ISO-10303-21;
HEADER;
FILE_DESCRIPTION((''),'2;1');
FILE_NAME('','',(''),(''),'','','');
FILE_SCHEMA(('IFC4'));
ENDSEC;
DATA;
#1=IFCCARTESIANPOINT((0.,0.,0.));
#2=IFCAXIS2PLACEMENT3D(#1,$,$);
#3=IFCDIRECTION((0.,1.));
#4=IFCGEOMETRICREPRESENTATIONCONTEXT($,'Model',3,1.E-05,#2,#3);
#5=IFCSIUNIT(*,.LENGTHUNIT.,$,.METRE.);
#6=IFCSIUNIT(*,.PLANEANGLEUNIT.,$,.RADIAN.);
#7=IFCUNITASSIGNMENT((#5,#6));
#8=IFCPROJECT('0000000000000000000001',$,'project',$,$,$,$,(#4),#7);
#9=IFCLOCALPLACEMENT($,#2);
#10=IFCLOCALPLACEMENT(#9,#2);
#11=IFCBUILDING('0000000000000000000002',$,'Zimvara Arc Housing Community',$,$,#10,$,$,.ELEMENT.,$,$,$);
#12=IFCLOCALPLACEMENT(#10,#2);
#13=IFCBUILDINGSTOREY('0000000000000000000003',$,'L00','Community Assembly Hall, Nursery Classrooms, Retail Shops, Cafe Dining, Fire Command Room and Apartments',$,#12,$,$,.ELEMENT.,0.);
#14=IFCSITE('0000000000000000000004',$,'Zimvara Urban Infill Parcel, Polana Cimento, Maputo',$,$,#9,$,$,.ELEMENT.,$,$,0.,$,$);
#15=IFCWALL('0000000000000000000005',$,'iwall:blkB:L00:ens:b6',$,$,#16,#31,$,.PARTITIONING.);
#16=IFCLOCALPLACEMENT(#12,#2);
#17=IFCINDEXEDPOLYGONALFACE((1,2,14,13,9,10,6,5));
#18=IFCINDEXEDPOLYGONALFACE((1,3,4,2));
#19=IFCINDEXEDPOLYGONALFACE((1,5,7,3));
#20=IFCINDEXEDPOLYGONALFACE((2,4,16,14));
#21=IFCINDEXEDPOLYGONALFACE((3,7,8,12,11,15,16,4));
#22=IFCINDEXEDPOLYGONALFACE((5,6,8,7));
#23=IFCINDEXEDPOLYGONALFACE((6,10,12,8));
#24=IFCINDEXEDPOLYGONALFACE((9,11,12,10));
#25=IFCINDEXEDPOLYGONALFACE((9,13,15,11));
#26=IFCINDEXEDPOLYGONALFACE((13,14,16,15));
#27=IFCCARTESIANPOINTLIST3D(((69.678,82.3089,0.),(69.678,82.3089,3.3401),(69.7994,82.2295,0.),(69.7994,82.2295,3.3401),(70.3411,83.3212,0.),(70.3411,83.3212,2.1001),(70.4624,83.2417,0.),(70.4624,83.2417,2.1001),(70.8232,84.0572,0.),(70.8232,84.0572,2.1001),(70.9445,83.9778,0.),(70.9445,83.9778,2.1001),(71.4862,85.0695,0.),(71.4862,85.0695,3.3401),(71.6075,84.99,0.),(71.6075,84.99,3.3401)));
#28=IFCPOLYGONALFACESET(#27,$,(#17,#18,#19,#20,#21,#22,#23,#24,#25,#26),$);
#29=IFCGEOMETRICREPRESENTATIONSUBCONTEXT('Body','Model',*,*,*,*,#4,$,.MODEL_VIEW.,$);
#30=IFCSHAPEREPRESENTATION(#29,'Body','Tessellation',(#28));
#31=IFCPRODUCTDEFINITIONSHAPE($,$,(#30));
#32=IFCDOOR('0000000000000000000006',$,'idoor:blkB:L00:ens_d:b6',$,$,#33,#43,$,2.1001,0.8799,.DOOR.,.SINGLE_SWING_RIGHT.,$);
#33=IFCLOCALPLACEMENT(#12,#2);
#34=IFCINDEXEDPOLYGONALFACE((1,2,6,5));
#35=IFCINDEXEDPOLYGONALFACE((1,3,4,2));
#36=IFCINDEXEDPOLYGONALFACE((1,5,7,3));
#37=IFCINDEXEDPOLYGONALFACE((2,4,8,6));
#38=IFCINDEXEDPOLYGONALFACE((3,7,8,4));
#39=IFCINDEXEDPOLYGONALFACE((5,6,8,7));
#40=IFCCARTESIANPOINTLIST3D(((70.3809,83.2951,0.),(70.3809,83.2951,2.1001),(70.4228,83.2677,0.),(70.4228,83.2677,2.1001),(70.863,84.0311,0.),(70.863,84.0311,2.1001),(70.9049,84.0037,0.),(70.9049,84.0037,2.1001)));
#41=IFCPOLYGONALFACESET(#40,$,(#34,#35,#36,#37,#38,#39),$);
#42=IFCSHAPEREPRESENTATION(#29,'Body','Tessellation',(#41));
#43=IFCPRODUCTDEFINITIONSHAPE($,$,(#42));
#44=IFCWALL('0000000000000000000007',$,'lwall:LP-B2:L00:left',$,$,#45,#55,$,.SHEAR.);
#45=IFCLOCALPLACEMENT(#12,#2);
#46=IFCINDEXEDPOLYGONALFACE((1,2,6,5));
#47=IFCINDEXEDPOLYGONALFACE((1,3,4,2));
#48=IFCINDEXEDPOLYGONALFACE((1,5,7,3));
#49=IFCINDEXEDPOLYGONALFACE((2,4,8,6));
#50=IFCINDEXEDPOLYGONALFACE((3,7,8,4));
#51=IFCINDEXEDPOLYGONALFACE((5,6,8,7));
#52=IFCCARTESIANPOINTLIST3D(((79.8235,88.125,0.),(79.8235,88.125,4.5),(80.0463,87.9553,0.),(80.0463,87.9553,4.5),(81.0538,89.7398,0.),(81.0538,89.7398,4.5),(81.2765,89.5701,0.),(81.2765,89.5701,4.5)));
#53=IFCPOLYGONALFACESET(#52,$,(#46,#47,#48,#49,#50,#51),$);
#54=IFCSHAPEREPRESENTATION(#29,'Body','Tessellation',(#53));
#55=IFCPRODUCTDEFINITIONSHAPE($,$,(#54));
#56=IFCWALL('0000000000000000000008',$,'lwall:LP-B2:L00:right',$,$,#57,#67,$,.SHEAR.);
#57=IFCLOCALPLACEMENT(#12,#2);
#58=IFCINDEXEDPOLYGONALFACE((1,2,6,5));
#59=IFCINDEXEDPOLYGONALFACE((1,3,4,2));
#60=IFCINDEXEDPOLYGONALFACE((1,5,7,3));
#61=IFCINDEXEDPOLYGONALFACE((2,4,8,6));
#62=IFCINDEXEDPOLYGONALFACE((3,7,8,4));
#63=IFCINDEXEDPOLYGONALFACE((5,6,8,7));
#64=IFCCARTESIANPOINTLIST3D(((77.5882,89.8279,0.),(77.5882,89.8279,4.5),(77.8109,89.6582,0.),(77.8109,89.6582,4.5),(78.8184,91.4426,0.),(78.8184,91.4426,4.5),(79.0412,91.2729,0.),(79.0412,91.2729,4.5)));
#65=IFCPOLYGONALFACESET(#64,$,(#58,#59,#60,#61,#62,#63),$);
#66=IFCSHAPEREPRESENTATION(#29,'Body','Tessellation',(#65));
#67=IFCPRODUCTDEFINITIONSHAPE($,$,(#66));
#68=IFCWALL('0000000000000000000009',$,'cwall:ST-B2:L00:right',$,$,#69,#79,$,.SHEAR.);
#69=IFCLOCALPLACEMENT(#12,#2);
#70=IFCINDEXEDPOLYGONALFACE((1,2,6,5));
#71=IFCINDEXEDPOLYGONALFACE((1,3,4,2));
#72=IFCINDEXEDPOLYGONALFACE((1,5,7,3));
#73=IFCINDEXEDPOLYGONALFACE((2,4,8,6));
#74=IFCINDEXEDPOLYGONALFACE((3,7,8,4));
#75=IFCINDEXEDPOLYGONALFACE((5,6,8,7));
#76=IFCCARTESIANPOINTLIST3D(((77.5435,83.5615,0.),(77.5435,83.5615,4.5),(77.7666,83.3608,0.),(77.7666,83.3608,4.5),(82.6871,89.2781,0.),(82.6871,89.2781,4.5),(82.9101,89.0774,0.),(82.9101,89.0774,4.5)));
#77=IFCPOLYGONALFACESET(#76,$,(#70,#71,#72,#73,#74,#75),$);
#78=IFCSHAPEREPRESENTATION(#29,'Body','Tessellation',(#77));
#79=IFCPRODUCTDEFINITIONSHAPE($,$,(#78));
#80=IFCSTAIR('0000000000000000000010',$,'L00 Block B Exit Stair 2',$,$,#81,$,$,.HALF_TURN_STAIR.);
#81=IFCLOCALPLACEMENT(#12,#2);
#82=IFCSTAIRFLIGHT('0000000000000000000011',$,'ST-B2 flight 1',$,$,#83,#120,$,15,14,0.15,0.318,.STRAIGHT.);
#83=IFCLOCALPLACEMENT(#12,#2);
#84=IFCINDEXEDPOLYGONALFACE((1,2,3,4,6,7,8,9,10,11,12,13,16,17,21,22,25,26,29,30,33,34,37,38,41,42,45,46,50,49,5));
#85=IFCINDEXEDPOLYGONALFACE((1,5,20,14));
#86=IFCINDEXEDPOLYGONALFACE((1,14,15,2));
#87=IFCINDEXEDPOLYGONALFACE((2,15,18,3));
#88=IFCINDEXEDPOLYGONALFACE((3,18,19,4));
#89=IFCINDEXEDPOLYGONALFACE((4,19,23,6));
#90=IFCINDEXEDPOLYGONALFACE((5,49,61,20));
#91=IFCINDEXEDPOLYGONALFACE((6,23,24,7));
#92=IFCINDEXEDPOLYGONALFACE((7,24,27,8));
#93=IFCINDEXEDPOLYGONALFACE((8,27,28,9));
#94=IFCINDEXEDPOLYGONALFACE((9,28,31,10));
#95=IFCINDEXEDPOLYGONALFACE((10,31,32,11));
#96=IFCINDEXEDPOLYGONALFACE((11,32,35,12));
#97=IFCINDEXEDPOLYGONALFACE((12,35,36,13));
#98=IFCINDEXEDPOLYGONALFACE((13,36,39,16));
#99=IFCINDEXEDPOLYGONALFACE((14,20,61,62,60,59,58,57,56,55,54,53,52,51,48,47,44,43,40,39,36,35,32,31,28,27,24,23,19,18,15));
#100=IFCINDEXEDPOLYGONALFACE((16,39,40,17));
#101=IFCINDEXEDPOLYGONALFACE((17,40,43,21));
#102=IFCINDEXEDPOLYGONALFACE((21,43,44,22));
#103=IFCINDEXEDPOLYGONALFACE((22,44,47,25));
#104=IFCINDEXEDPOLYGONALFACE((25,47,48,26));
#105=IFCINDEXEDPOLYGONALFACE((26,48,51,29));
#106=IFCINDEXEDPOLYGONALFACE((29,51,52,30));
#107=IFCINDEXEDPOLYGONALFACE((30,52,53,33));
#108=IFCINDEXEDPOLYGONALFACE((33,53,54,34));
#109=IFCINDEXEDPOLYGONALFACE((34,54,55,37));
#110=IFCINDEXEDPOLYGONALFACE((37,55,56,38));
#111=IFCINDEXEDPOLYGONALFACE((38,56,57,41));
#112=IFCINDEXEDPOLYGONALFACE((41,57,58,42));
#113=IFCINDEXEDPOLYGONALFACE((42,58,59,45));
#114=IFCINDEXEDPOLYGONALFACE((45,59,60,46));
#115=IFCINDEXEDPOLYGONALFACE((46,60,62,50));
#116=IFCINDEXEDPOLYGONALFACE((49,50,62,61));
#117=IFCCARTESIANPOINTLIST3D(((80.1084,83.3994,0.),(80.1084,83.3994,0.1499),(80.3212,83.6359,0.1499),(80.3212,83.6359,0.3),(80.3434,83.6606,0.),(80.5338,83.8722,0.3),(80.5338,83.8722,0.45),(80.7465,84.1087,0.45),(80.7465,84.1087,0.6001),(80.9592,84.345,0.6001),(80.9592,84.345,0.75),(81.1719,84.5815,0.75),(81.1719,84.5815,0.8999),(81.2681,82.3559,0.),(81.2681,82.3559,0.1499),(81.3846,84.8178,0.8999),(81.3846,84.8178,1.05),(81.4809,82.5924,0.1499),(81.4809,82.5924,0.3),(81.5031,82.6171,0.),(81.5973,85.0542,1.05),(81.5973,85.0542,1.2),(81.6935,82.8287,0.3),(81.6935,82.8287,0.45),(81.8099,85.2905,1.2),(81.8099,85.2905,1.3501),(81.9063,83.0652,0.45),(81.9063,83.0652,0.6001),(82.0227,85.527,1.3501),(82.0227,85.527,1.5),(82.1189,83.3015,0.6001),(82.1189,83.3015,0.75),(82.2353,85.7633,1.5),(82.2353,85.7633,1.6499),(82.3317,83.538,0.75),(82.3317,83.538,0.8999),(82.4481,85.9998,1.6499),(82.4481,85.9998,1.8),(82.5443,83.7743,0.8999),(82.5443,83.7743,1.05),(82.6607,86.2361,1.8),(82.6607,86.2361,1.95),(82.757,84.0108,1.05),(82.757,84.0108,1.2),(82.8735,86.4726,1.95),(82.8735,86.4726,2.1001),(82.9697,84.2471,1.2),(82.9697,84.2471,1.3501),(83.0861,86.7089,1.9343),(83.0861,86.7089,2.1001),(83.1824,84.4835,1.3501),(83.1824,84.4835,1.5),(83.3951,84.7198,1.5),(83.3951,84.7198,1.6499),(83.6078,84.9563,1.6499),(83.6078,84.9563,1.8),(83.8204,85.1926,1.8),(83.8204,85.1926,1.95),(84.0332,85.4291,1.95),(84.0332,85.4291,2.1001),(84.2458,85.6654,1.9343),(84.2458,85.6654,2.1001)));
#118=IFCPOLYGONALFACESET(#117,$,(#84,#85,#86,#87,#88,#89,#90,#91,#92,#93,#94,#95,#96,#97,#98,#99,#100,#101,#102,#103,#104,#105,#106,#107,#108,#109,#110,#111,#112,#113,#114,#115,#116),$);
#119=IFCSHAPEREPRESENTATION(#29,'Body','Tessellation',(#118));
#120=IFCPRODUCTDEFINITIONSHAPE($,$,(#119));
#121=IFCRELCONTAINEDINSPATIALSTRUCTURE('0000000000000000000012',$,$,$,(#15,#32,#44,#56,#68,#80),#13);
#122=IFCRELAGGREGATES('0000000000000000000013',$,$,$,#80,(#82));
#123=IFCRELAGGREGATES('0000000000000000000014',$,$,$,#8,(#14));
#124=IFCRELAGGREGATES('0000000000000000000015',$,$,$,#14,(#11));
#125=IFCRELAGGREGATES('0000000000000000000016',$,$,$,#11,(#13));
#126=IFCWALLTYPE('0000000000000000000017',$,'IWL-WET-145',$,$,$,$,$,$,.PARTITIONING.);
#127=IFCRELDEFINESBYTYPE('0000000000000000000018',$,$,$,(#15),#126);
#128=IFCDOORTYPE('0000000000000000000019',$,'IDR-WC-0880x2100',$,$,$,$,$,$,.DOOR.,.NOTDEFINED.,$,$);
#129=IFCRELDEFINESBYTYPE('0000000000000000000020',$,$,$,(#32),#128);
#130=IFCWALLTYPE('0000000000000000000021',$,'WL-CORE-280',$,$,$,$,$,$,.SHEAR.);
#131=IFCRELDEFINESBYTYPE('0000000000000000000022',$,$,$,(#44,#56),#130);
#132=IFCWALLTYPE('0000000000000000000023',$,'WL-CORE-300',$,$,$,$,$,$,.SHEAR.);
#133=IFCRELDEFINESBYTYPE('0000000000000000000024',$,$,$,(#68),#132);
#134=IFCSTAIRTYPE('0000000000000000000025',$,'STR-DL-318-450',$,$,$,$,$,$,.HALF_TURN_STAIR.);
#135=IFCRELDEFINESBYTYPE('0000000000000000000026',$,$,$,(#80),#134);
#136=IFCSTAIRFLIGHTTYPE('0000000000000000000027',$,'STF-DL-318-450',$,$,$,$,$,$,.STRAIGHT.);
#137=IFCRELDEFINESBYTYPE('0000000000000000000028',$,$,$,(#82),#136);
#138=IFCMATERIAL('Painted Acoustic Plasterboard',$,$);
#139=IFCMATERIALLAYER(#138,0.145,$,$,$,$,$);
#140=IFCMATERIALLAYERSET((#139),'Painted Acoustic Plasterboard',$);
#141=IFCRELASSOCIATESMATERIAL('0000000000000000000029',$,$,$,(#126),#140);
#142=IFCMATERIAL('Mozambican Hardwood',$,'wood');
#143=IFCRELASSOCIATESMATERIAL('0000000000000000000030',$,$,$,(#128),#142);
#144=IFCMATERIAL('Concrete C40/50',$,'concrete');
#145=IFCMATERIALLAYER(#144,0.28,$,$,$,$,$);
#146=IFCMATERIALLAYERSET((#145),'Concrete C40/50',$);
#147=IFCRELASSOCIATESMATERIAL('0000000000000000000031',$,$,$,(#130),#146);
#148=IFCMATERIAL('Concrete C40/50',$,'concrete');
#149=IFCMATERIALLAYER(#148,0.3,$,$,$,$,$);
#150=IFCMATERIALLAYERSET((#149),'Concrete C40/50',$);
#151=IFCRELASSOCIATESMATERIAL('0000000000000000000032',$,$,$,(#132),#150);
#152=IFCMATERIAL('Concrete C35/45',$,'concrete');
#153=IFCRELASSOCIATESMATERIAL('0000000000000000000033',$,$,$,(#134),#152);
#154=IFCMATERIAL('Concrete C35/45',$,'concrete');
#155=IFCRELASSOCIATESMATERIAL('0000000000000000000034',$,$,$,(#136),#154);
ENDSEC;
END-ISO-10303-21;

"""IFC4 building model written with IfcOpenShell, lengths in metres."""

from ifc_helpers import new_model, si_unit, direction, frame, frame_2d, origin, place, context, subcontext, project, spatial, polyline, rectangle, outline, extrude, material, layer, layer_set, type_object, element, fill, aggregate, save


model = new_model("IFC4")

# Units and contexts
model_context = context("Model", 3, precision=1e-05, world=origin(), true_north=direction((0.0, 1.0)))
body_context = subcontext(model_context, "Body", "Model", "MODEL_VIEW")
ifc_project = project(units=[si_unit("LENGTHUNIT", "METRE"), si_unit("PLANEANGLEUNIT", "RADIAN")], contexts=[model_context])

# Site, building, storey
site_placement = place(None, origin())
site = spatial("IfcSite", under=ifc_project, at=site_placement, Name="Zimvara Urban Infill Parcel, Polana Cimento, Maputo", CompositionType="ELEMENT", RefElevation=0.0)
building_placement = place(site_placement, origin())
building = spatial("IfcBuilding", under=site, at=building_placement, Name="Zimvara Arc Housing Community", CompositionType="ELEMENT")
storey_placement = place(building_placement, origin())
storey = spatial("IfcBuildingStorey", under=building, at=storey_placement, Name="L00", Description="Community Assembly Hall, Nursery Classrooms, Retail Shops, Cafe Dining, Fire Command Room and Apartments", CompositionType="ELEMENT", Elevation=0.0)

# Wall, opening, door
ifc_material_1 = material(Name="Painted Acoustic Plasterboard")
ifc_layer_1 = layer(ifc_material_1, 0.145)
ifc_layer_set_1 = layer_set([ifc_layer_1], Name="Painted Acoustic Plasterboard")
wall_type_1 = type_object("IfcWallType", Name="IWL-WET-145", PredefinedType="PARTITIONING", material=ifc_layer_set_1)
wall_1_placement = place(storey_placement, frame((69.7388, 82.2693, 0.0), z_axis=(0.0, 0.0, 1.0), x_axis=(0.547921, 0.83653, 0.0)))
wall_1 = element("IfcWall", 1, at=wall_1_placement, inside=storey, type_object=wall_type_1, Name="iwall:blkB:L00:ens:b6", PredefinedType="PARTITIONING", context=body_context, shape_type="SweptSolid", body=[
    extrude(rectangle(XDim=3.3, YDim=0.145, at=frame_2d((1.6499, 0.0))), origin(), (0.0, 0.0, 1.0), 3.3401),
])
opening_1_placement = place(wall_1_placement, frame((1.21, 0.0, 0.0)))
opening_1 = element("IfcOpeningElement", 2, at=opening_1_placement, cuts=wall_1, PredefinedType="OPENING", context=body_context, shape_type="SweptSolid", body=[
    extrude(rectangle(XDim=0.8799, YDim=2.1001, at=frame_2d((0.4399, 1.05))), frame((0.0, 0.0825, 0.0), z_axis=(0.0, -1.0, 0.0), x_axis=(1.0, 0.0, 0.0)), (0.0, 0.0, 1.0), 0.165),
])
ifc_material_2 = material(Name="Mozambican Hardwood", Category="wood")
door_type_1 = type_object("IfcDoorType", Name="IDR-WC-0880x2100", OperationType="NOTDEFINED", PredefinedType="DOOR", material=ifc_material_2)
door_1_placement = place(opening_1_placement, origin())
door_1 = element("IfcDoor", 3, at=door_1_placement, inside=storey, type_object=door_type_1, Name="idoor:blkB:L00:ens_d:b6", OperationType="SINGLE_SWING_RIGHT", OverallHeight=2.1001, OverallWidth=0.8799, PredefinedType="DOOR", context=body_context, shape_type="SweptSolid", body=[
    extrude(rectangle(XDim=0.8799, YDim=2.1001, at=frame_2d((0.4399, 1.05))), frame((0.0, 0.0249, 0.0), z_axis=(0.0, -1.0, 0.0), x_axis=(1.0, 0.0, 0.0)), (0.0, 0.0, 1.0), 0.05),
])
fill(opening_1, door_1)
ifc_material_3 = material(Name="Concrete C40/50", Category="concrete")
ifc_layer_2 = layer(ifc_material_3, 0.28)
ifc_layer_set_2 = layer_set([ifc_layer_2], Name="Concrete C40/50")
wall_type_2 = type_object("IfcWallType", Name="WL-CORE-280", PredefinedType="SHEAR", material=ifc_layer_set_2)

# Walls
for number, where, z_axis, x_axis, name in (
    (4, (79.9348, 88.04, 0.0), (0.0, 0.0, 1.0), (0.606025, 0.795446, 0.0), "lwall:LP-B2:L00:left"),
    (5, (77.6995, 89.7429, 0.0), (0.0, 0.0, 1.0), (0.606025, 0.795446, 0.0), "lwall:LP-B2:L00:right"),
):
    element("IfcWall", number, at=place(storey_placement, frame(where, z_axis=z_axis, x_axis=x_axis)), inside=storey, type_object=wall_type_2, Name=name, PredefinedType="SHEAR", context=body_context, shape_type="SweptSolid", body=[
        extrude(rectangle(XDim=2.03, YDim=0.28, at=frame_2d((1.0151, 0.0))), origin(), (0.0, 0.0, 1.0), 4.5),
    ])
ifc_material_4 = material(Name="Concrete C40/50", Category="concrete")
ifc_layer_3 = layer(ifc_material_4, 0.3)
ifc_layer_set_3 = layer_set([ifc_layer_3], Name="Concrete C40/50")
wall_type_3 = type_object("IfcWallType", Name="WL-CORE-300", PredefinedType="SHEAR", material=ifc_layer_set_3)
wall_2_placement = place(storey_placement, frame((77.655, 83.4612, 0.0), z_axis=(0.0, 0.0, 1.0), x_axis=(0.668868, 0.743381, 0.0)))
element("IfcWall", 6, at=wall_2_placement, inside=storey, type_object=wall_type_3, Name="cwall:ST-B2:L00:right", PredefinedType="SHEAR", context=body_context, shape_type="SweptSolid", body=[
    extrude(rectangle(XDim=7.6899, YDim=0.3, at=frame_2d((3.845, 0.0))), origin(), (0.0, 0.0, 1.0), 4.5),
])

# Stair, stair flight
ifc_material_5 = material(Name="Concrete C35/45", Category="concrete")
stair_type = type_object("IfcStairType", Name="STR-DL-318-450", PredefinedType="HALF_TURN_STAIR", material=ifc_material_5)
stair_placement = place(storey_placement, origin())
stair = element("IfcStair", 7, at=stair_placement, inside=storey, type_object=stair_type, Name="L00 Block B Exit Stair 2", PredefinedType="HALF_TURN_STAIR")
ifc_material_6 = material(Name="Concrete C35/45", Category="concrete")
stair_flight_type = type_object("IfcStairFlightType", Name="STF-DL-318-450", PredefinedType="STRAIGHT", material=ifc_material_6)
stair_flight_placement = place(storey_placement, frame((80.6882, 82.8777, 0.0), z_axis=(0.0, 0.0, 1.0), x_axis=(0.668871, 0.743378, 0.0)))
stair_flight = element("IfcStairFlight", 8, at=stair_flight_placement, type_object=stair_flight_type, Name="ST-B2 flight 1", NumberOfRisers=15, NumberOfTreads=14, PredefinedType="STRAIGHT", RiserHeight=0.15, TreadLength=0.318, context=body_context, shape_type="SweptSolid", body=[
    extrude(outline(polyline([(0.0, 0.0), (0.0, 0.1499), (0.3181, 0.1499), (0.3181, 0.3), (0.636, 0.3), (0.636, 0.45), (0.9541, 0.45), (0.9541, 0.6001), (1.272, 0.6001), (1.272, 0.75), (1.5901, 0.75), (1.5901, 0.8999), (1.908, 0.8999), (1.908, 1.05), (2.2261, 1.05), (2.2261, 1.2), (2.5439, 1.2), (2.5439, 1.3501), (2.8621, 1.3501), (2.8621, 1.5), (3.1799, 1.5), (3.1799, 1.6499), (3.498, 1.6499), (3.498, 1.8), (3.8159, 1.8), (3.8159, 1.95), (4.134, 1.95), (4.134, 2.1001), (4.4519, 2.1001), (4.4519, 2.25), (4.4519, 1.9343), (0.3513, 0.0), (0.0, 0.0)])), frame((0.0, 0.78, 0.0), z_axis=(0.0, -1.0, 0.0), x_axis=(1.0, 0.0, 0.0)), (0.0, 0.0, 1.0), 1.5601),
])
aggregate(stair, [stair_flight])

save(model, "model.ifc")
